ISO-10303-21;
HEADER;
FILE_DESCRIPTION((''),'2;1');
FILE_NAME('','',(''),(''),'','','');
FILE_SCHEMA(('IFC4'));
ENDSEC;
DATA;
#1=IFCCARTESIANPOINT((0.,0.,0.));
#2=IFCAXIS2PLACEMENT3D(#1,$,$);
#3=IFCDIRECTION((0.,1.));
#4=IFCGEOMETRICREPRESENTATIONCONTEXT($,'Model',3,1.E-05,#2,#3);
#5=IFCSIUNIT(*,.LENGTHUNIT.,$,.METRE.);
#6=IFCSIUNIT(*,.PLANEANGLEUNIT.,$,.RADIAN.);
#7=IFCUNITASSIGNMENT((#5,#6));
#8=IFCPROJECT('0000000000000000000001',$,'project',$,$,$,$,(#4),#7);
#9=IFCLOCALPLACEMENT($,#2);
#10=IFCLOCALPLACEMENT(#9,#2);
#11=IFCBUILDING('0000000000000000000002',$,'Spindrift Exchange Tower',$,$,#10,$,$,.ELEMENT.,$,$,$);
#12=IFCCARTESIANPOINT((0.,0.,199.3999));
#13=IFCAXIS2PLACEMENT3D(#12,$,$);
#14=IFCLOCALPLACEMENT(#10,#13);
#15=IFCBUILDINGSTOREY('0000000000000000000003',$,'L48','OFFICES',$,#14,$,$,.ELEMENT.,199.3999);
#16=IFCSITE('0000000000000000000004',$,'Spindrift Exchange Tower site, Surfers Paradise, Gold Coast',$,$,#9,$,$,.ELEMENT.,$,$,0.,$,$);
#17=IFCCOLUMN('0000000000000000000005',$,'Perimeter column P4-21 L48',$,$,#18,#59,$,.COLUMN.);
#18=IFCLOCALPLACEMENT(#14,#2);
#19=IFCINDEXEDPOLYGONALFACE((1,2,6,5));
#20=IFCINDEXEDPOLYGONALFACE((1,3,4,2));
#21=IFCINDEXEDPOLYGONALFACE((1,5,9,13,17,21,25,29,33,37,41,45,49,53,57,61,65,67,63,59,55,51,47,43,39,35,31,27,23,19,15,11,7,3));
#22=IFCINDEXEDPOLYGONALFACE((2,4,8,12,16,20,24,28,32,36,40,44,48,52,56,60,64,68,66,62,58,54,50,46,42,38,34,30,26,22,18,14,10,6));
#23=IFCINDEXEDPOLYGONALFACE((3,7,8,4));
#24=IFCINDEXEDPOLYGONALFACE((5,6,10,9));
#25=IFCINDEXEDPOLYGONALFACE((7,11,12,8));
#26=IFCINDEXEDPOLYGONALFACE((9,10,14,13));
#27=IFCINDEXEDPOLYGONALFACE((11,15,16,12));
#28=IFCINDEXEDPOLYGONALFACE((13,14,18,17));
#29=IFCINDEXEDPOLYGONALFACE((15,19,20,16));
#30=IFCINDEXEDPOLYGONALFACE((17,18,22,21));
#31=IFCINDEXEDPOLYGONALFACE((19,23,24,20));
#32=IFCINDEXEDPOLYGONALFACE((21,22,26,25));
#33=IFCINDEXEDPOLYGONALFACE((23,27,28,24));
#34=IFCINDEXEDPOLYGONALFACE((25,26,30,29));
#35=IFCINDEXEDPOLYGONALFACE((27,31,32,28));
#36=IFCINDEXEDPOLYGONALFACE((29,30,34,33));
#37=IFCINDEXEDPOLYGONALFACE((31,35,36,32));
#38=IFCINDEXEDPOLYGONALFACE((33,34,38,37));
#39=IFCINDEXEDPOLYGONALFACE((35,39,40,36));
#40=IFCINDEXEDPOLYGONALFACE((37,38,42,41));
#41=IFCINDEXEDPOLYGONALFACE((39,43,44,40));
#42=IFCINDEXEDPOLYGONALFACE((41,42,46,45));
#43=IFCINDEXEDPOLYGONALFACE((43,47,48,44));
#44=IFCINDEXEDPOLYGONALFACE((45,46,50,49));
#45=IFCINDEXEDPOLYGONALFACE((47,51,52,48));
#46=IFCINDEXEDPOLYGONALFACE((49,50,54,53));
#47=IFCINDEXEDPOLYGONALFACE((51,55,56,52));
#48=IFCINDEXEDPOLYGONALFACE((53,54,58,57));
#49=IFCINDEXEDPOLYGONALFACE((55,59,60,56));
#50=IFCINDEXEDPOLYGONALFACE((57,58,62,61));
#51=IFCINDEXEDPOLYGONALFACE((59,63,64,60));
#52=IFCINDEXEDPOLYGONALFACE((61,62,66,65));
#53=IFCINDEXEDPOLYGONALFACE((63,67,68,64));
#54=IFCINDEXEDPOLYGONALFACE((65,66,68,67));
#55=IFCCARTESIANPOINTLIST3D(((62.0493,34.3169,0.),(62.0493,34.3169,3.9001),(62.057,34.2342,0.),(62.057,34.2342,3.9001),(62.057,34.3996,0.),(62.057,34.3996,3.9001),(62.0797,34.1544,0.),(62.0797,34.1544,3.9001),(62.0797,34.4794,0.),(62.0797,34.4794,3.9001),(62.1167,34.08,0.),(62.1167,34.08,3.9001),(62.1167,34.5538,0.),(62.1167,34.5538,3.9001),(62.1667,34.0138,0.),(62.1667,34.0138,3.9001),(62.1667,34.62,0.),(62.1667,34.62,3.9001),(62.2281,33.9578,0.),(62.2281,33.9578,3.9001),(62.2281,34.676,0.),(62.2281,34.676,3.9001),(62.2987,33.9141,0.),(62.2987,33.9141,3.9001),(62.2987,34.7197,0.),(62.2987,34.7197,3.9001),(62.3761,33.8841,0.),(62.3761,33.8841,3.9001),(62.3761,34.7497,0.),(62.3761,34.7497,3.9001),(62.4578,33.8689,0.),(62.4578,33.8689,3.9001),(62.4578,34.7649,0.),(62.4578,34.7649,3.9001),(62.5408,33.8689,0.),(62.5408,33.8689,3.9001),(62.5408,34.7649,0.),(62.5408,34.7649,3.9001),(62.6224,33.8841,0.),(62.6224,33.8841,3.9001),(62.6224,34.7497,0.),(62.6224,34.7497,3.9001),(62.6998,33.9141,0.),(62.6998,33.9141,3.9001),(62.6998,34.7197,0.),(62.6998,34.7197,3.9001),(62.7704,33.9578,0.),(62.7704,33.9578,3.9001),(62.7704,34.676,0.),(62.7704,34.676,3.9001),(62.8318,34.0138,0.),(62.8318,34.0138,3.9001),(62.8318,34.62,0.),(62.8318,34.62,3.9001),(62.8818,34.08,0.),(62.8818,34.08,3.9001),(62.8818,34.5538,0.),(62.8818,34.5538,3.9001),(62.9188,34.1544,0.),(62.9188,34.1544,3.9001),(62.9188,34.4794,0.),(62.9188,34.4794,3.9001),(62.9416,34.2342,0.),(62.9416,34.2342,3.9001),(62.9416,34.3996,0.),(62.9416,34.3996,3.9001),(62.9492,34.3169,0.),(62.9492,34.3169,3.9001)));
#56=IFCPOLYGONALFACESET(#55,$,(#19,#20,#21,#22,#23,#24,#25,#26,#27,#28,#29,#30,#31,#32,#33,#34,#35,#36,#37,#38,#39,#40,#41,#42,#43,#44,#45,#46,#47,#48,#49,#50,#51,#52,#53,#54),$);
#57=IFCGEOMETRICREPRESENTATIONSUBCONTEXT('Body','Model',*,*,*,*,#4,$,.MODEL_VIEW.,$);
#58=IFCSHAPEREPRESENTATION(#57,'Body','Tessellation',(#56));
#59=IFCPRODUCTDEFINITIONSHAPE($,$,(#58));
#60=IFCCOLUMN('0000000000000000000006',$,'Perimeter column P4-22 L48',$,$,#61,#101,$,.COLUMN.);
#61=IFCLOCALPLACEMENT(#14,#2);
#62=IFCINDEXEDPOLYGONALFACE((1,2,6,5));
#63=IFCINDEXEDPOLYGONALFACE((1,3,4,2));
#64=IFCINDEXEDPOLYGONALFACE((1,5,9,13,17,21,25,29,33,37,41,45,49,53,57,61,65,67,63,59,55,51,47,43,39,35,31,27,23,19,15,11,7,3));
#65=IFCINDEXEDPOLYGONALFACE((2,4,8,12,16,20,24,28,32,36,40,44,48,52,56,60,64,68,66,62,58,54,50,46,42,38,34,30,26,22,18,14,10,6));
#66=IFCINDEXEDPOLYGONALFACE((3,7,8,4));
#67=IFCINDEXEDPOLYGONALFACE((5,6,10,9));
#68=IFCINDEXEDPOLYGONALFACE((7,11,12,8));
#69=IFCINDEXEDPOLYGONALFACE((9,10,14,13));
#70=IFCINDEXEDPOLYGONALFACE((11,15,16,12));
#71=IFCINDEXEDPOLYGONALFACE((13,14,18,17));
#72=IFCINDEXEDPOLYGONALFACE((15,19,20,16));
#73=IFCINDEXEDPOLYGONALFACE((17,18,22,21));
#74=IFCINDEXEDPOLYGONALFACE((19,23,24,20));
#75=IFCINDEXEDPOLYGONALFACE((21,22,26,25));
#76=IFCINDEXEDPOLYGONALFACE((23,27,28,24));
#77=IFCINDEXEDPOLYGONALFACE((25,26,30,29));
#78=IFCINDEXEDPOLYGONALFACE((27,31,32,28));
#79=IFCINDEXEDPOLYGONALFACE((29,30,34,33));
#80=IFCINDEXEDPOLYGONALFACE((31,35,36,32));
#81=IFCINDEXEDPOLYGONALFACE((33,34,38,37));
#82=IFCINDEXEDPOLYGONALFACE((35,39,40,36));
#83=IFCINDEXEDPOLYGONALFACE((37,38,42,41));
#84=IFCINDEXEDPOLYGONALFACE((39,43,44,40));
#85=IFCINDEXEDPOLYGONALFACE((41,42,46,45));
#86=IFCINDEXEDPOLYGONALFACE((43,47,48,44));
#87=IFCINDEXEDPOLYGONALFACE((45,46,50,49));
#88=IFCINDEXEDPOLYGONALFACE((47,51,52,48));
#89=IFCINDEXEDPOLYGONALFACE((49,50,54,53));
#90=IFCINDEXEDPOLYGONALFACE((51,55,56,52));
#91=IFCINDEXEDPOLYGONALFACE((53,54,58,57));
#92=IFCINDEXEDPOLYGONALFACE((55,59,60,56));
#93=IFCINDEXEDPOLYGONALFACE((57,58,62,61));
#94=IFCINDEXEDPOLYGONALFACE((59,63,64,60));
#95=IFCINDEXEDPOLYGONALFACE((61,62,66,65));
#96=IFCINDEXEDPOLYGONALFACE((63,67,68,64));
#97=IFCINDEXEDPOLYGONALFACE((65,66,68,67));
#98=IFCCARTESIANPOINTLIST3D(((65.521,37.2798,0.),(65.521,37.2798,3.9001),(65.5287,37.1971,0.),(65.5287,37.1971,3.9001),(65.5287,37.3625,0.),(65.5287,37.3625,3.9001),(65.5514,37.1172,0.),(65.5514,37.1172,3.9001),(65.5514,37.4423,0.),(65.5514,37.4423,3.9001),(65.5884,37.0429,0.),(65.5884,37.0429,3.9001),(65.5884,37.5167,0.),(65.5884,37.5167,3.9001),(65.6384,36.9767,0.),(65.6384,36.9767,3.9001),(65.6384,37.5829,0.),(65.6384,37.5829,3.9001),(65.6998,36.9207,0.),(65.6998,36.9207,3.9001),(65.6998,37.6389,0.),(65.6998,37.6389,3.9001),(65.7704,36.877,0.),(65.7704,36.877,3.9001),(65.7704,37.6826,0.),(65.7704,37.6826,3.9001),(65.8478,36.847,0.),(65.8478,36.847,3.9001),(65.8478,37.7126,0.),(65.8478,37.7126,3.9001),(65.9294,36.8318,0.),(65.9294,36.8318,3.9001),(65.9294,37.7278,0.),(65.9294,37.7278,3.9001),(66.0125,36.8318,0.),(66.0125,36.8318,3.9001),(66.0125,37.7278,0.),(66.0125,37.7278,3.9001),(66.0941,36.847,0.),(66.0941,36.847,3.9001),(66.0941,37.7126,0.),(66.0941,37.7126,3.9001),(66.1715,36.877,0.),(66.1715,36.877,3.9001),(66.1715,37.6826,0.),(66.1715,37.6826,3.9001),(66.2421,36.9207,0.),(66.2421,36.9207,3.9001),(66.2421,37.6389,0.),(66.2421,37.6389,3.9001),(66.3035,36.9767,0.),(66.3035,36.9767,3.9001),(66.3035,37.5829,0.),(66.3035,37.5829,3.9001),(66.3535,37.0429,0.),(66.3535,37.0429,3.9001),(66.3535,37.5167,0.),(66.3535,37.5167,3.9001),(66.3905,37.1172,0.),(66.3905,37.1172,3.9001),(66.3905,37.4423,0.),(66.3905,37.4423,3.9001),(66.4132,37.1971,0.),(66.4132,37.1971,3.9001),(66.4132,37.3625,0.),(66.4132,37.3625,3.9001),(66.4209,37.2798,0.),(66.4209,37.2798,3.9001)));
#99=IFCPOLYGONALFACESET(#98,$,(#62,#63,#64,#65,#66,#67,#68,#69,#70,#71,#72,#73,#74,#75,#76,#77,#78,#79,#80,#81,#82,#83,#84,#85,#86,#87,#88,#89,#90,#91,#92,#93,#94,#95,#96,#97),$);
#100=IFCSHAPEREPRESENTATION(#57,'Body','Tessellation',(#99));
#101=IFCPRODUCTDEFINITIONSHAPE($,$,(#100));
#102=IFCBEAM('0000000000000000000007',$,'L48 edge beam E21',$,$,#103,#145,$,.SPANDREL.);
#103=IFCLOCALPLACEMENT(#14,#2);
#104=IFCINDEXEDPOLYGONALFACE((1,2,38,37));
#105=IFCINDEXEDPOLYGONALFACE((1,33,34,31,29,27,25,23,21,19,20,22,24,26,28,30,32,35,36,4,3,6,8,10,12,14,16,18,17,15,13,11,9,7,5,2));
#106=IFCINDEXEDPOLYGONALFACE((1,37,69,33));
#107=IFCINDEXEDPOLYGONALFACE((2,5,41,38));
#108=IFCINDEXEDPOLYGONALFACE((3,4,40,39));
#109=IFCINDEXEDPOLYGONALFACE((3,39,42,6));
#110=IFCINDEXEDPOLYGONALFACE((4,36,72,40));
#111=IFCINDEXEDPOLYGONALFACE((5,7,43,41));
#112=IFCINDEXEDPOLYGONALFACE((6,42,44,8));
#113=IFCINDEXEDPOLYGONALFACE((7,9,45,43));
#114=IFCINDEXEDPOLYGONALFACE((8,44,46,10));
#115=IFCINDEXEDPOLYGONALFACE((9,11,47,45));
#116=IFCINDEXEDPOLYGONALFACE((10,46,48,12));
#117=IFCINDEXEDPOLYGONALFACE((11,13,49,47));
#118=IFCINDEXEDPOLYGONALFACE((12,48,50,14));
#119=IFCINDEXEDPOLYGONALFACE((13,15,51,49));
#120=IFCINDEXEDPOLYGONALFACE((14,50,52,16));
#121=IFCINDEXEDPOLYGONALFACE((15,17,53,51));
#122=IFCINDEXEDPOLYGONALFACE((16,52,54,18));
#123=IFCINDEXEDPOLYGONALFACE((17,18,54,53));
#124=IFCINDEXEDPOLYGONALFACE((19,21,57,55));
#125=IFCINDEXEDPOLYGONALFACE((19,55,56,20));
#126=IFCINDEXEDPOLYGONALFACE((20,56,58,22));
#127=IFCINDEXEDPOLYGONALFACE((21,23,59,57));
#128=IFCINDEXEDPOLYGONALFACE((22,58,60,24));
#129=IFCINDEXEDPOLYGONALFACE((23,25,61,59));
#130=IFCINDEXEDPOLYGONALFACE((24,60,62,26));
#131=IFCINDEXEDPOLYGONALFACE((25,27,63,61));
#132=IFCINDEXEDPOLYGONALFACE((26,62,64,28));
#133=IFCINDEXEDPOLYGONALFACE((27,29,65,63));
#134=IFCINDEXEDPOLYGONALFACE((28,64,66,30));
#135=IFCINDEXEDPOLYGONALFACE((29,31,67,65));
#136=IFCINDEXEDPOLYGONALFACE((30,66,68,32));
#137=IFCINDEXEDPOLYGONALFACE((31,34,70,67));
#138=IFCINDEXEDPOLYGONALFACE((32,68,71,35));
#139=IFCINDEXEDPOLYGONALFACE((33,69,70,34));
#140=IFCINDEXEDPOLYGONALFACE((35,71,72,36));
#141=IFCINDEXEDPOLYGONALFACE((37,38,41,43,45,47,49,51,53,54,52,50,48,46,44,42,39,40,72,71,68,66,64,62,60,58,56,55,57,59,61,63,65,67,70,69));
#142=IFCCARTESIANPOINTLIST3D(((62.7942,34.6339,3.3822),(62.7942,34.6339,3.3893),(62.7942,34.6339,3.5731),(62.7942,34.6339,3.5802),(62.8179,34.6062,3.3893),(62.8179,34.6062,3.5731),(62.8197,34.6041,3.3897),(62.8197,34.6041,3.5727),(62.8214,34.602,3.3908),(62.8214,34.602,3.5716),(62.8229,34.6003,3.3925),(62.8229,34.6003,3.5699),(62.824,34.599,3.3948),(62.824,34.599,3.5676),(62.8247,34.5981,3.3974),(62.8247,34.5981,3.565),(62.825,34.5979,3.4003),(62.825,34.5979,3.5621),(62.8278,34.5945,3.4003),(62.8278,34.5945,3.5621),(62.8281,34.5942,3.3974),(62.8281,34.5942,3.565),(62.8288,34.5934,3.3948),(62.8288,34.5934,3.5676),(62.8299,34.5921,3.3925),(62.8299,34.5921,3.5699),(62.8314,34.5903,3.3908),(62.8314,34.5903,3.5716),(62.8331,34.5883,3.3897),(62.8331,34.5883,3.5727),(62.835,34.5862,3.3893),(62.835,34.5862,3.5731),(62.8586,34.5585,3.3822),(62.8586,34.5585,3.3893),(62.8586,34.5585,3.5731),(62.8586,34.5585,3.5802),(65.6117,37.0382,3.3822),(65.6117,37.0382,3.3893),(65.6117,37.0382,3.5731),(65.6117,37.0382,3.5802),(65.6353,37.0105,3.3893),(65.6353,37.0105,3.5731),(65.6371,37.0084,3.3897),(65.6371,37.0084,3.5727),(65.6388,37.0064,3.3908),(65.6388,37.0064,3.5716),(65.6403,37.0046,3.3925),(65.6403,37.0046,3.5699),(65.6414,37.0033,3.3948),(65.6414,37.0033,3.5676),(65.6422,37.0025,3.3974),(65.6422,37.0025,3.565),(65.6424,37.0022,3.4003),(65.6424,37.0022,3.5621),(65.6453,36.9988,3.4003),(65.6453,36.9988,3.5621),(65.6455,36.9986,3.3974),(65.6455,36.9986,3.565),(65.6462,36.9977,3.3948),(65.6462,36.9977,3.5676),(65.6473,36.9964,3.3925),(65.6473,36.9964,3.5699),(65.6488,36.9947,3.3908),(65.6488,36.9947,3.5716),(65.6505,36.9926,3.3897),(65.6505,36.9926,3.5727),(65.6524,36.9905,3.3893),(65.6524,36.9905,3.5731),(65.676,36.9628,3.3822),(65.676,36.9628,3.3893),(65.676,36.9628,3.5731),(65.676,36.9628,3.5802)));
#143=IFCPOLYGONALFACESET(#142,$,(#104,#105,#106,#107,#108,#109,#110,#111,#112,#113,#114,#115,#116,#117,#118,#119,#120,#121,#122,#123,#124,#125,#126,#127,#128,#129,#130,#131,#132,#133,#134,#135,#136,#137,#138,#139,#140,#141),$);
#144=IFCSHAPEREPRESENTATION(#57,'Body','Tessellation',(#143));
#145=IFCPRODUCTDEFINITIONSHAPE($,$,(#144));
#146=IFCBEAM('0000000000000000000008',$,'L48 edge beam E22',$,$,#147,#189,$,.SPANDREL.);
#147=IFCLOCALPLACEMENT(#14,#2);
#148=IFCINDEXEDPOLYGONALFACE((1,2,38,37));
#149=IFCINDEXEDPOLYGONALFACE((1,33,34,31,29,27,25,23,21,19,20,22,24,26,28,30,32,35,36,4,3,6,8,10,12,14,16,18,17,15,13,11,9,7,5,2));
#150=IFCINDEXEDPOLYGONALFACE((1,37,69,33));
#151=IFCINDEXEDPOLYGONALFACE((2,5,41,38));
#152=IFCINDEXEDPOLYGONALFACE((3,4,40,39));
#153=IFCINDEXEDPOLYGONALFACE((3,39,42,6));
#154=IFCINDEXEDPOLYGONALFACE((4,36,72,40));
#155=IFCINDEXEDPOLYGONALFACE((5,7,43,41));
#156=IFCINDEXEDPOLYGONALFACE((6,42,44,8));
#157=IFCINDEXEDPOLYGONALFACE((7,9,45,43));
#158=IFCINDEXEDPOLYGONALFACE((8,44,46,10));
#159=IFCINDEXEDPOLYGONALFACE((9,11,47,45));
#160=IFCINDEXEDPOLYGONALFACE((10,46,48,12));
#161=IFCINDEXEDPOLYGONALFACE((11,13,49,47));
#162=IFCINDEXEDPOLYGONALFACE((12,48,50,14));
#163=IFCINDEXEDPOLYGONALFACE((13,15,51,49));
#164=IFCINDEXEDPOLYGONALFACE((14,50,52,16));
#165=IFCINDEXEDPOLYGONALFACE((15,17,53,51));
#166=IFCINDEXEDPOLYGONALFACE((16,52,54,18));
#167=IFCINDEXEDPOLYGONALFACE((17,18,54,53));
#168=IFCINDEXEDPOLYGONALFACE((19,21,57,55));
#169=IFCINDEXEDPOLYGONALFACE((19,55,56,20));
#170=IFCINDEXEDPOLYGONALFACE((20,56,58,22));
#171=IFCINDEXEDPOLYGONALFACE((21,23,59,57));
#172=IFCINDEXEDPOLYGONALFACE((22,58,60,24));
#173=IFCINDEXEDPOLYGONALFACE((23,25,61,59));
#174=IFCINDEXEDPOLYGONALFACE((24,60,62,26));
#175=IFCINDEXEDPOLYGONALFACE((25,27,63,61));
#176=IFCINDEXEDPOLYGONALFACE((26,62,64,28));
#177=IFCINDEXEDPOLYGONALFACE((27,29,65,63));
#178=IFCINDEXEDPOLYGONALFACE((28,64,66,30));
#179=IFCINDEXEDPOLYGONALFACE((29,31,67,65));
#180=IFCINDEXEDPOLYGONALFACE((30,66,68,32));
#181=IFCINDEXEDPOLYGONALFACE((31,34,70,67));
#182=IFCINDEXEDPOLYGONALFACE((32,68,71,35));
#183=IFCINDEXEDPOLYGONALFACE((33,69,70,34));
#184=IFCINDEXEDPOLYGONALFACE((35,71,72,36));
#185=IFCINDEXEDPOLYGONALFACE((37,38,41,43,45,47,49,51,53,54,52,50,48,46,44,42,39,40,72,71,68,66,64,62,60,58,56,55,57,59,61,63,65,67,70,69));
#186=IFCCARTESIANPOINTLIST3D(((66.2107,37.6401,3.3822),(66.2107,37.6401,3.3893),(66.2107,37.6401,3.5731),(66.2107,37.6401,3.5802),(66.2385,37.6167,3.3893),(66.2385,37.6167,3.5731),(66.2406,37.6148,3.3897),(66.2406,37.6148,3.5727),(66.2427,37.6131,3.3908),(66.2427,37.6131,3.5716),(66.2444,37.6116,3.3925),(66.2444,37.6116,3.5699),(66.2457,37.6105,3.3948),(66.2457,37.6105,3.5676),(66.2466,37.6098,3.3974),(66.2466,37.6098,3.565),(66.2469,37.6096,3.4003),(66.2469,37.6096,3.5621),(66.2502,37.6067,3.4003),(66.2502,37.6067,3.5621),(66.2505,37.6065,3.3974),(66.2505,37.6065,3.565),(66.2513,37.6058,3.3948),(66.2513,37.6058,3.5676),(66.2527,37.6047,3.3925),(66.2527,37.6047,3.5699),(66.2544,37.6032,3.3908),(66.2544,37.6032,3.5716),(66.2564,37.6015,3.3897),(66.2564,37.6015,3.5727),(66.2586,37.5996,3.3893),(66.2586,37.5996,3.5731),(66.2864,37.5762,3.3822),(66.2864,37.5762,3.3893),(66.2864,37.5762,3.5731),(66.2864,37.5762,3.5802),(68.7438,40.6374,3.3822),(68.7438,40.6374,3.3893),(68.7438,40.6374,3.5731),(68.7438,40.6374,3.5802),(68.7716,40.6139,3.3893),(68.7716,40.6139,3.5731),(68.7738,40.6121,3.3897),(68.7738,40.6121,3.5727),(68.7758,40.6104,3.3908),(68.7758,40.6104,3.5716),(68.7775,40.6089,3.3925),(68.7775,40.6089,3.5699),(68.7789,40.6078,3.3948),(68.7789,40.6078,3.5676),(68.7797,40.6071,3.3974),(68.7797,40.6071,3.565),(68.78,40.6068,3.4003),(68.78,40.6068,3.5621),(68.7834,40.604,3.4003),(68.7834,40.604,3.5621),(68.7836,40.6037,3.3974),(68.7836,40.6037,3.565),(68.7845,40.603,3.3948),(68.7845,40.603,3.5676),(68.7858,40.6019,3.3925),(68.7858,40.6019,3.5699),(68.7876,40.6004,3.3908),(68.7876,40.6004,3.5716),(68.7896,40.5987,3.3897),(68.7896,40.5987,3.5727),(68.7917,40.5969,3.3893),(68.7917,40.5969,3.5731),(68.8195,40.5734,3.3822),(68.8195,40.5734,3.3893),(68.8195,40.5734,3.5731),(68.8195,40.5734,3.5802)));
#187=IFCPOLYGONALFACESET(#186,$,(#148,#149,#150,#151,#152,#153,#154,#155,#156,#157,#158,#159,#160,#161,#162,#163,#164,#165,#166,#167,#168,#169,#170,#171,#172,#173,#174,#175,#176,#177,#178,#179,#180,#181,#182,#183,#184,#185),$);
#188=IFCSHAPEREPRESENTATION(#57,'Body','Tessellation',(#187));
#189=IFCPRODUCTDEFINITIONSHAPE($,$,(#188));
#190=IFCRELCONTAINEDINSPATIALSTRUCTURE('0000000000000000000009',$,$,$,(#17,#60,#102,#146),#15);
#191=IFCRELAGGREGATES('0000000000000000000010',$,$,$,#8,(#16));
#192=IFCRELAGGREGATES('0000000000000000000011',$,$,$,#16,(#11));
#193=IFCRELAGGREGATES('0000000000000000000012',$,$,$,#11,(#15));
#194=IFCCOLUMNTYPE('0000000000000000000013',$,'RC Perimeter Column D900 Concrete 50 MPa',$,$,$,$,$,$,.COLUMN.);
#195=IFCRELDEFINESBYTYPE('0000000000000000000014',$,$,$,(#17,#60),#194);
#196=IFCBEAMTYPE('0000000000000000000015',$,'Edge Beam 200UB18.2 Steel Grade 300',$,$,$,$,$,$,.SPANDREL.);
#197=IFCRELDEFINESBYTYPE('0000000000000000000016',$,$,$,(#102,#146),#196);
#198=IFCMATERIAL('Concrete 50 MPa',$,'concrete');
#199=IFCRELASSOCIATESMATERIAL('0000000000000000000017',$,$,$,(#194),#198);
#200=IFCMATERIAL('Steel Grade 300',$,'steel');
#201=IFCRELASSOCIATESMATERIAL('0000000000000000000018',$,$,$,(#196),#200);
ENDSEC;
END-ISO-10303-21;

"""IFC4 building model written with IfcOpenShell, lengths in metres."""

from ifc_helpers import new_model, si_unit, direction, frame, origin, origin_2d, place, context, subcontext, project, spatial, circle, i_section, extrude, source, transform, mapped, material, material_profile, profile_set, type_object, element, save


model = new_model("IFC4")

# Units and contexts
model_context = context("Model", 3, precision=1e-05, world=origin(), true_north=direction((0.0, 1.0)))
body_context = subcontext(model_context, "Body", "Model", "MODEL_VIEW")
ifc_project = project(units=[si_unit("LENGTHUNIT", "METRE"), si_unit("PLANEANGLEUNIT", "RADIAN")], contexts=[model_context])

# Site, building, storey
site_placement = place(None, origin())
site = spatial("IfcSite", under=ifc_project, at=site_placement, Name="Spindrift Exchange Tower site, Surfers Paradise, Gold Coast", CompositionType="ELEMENT", RefElevation=0.0)
building_placement = place(site_placement, origin())
building = spatial("IfcBuilding", under=site, at=building_placement, Name="Spindrift Exchange Tower", CompositionType="ELEMENT")
storey_placement = place(building_placement, frame((0.0, 0.0, 199.3999)))
storey = spatial("IfcBuildingStorey", under=building, at=storey_placement, Name="L48", Description="OFFICES", CompositionType="ELEMENT", Elevation=199.3999)

# Columns
ifc_material_1 = material(Name="Concrete 50 MPa", Category="concrete")
ifc_material_profile_1 = material_profile(ifc_material_1, circle(Radius=0.45, at=origin_2d()), Name="RC D900")
ifc_profile_set_1 = profile_set([ifc_material_profile_1], Name="Concrete 50 MPa")
column_type = type_object("IfcColumnType", Name="RC Perimeter Column D900 Concrete 50 MPa", PredefinedType="COLUMN", material=ifc_profile_set_1)
shared_shape_1 = source(origin(), body_context, "Body", "SweptSolid", [
    extrude(circle(Radius=0.45, at=origin_2d()), origin(), (0.0, 0.0, 1.0), 3.9001),
])
for number, where, z_axis, x_axis, name in (
    (1, (62.4993, 34.3169, 0.0), (0.0, 0.0, 1.0), (1.0, 0.0, 0.0), "Perimeter column P4-21 L48"),
    (2, (65.9709, 37.2798, 0.0), (0.0, 0.0, 1.0), (1.0, 0.0, 0.0), "Perimeter column P4-22 L48"),
):
    element("IfcColumn", number, at=place(storey_placement, frame(where, z_axis=z_axis, x_axis=x_axis)), inside=storey, type_object=column_type, Name=name, PredefinedType="COLUMN", context=body_context, shape_type="MappedRepresentation", body=[
        mapped(shared_shape_1, transform((0.0, 0.0, 0.0), scale=1.0)),
    ])

# Beams
ifc_material_2 = material(Name="Steel Grade 300", Category="steel")
ifc_material_profile_2 = material_profile(ifc_material_2, i_section(OverallWidth=0.0991, OverallDepth=0.198, WebThickness=0.0044, FlangeThickness=0.0071, FilletRadius=0.011, at=origin_2d()), Name="200UB18.2")
ifc_profile_set_2 = profile_set([ifc_material_profile_2], Name="Steel Grade 300")
beam_type_1 = type_object("IfcBeamType", Name="Edge Beam 200UB18.2 Steel Grade 300", PredefinedType="SPANDREL", material=ifc_profile_set_2)
shared_shape_2 = source(origin(), body_context, "Body", "SweptSolid", [
    extrude(i_section(OverallWidth=0.0991, OverallDepth=0.198, WebThickness=0.0044, FlangeThickness=0.0071, FilletRadius=0.011, at=origin_2d()), origin(), (0.0, 0.0, 1.0), 3.7039),
])
beam_1_placement = place(storey_placement, frame((62.8264, 34.5962, 3.4812), z_axis=(0.760669, 0.64914, 0.0), x_axis=(-0.64914, 0.760669, 0.0)))
element("IfcBeam", 3, at=beam_1_placement, inside=storey, type_object=beam_type_1, Name="L48 edge beam E21", PredefinedType="SPANDREL", context=body_context, shape_type="MappedRepresentation", body=[
    mapped(shared_shape_2, transform((0.0, 0.0, 0.0), scale=1.0)),
])
shared_shape_3 = source(origin(), body_context, "Body", "SweptSolid", [
    extrude(i_section(OverallWidth=0.0991, OverallDepth=0.198, WebThickness=0.0044, FlangeThickness=0.0071, FilletRadius=0.011, at=origin_2d()), origin(), (0.0, 0.0, 1.0), 3.9243),
])
beam_2_placement = place(storey_placement, frame((66.2485, 37.6082, 3.4812), z_axis=(0.645499, 0.763761, 0.0), x_axis=(-0.763761, 0.645499, 0.0)))
element("IfcBeam", 4, at=beam_2_placement, inside=storey, type_object=beam_type_1, Name="L48 edge beam E22", PredefinedType="SPANDREL", context=body_context, shape_type="MappedRepresentation", body=[
    mapped(shared_shape_3, transform((0.0, 0.0, 0.0), scale=1.0)),
])

save(model, "model.ifc")
